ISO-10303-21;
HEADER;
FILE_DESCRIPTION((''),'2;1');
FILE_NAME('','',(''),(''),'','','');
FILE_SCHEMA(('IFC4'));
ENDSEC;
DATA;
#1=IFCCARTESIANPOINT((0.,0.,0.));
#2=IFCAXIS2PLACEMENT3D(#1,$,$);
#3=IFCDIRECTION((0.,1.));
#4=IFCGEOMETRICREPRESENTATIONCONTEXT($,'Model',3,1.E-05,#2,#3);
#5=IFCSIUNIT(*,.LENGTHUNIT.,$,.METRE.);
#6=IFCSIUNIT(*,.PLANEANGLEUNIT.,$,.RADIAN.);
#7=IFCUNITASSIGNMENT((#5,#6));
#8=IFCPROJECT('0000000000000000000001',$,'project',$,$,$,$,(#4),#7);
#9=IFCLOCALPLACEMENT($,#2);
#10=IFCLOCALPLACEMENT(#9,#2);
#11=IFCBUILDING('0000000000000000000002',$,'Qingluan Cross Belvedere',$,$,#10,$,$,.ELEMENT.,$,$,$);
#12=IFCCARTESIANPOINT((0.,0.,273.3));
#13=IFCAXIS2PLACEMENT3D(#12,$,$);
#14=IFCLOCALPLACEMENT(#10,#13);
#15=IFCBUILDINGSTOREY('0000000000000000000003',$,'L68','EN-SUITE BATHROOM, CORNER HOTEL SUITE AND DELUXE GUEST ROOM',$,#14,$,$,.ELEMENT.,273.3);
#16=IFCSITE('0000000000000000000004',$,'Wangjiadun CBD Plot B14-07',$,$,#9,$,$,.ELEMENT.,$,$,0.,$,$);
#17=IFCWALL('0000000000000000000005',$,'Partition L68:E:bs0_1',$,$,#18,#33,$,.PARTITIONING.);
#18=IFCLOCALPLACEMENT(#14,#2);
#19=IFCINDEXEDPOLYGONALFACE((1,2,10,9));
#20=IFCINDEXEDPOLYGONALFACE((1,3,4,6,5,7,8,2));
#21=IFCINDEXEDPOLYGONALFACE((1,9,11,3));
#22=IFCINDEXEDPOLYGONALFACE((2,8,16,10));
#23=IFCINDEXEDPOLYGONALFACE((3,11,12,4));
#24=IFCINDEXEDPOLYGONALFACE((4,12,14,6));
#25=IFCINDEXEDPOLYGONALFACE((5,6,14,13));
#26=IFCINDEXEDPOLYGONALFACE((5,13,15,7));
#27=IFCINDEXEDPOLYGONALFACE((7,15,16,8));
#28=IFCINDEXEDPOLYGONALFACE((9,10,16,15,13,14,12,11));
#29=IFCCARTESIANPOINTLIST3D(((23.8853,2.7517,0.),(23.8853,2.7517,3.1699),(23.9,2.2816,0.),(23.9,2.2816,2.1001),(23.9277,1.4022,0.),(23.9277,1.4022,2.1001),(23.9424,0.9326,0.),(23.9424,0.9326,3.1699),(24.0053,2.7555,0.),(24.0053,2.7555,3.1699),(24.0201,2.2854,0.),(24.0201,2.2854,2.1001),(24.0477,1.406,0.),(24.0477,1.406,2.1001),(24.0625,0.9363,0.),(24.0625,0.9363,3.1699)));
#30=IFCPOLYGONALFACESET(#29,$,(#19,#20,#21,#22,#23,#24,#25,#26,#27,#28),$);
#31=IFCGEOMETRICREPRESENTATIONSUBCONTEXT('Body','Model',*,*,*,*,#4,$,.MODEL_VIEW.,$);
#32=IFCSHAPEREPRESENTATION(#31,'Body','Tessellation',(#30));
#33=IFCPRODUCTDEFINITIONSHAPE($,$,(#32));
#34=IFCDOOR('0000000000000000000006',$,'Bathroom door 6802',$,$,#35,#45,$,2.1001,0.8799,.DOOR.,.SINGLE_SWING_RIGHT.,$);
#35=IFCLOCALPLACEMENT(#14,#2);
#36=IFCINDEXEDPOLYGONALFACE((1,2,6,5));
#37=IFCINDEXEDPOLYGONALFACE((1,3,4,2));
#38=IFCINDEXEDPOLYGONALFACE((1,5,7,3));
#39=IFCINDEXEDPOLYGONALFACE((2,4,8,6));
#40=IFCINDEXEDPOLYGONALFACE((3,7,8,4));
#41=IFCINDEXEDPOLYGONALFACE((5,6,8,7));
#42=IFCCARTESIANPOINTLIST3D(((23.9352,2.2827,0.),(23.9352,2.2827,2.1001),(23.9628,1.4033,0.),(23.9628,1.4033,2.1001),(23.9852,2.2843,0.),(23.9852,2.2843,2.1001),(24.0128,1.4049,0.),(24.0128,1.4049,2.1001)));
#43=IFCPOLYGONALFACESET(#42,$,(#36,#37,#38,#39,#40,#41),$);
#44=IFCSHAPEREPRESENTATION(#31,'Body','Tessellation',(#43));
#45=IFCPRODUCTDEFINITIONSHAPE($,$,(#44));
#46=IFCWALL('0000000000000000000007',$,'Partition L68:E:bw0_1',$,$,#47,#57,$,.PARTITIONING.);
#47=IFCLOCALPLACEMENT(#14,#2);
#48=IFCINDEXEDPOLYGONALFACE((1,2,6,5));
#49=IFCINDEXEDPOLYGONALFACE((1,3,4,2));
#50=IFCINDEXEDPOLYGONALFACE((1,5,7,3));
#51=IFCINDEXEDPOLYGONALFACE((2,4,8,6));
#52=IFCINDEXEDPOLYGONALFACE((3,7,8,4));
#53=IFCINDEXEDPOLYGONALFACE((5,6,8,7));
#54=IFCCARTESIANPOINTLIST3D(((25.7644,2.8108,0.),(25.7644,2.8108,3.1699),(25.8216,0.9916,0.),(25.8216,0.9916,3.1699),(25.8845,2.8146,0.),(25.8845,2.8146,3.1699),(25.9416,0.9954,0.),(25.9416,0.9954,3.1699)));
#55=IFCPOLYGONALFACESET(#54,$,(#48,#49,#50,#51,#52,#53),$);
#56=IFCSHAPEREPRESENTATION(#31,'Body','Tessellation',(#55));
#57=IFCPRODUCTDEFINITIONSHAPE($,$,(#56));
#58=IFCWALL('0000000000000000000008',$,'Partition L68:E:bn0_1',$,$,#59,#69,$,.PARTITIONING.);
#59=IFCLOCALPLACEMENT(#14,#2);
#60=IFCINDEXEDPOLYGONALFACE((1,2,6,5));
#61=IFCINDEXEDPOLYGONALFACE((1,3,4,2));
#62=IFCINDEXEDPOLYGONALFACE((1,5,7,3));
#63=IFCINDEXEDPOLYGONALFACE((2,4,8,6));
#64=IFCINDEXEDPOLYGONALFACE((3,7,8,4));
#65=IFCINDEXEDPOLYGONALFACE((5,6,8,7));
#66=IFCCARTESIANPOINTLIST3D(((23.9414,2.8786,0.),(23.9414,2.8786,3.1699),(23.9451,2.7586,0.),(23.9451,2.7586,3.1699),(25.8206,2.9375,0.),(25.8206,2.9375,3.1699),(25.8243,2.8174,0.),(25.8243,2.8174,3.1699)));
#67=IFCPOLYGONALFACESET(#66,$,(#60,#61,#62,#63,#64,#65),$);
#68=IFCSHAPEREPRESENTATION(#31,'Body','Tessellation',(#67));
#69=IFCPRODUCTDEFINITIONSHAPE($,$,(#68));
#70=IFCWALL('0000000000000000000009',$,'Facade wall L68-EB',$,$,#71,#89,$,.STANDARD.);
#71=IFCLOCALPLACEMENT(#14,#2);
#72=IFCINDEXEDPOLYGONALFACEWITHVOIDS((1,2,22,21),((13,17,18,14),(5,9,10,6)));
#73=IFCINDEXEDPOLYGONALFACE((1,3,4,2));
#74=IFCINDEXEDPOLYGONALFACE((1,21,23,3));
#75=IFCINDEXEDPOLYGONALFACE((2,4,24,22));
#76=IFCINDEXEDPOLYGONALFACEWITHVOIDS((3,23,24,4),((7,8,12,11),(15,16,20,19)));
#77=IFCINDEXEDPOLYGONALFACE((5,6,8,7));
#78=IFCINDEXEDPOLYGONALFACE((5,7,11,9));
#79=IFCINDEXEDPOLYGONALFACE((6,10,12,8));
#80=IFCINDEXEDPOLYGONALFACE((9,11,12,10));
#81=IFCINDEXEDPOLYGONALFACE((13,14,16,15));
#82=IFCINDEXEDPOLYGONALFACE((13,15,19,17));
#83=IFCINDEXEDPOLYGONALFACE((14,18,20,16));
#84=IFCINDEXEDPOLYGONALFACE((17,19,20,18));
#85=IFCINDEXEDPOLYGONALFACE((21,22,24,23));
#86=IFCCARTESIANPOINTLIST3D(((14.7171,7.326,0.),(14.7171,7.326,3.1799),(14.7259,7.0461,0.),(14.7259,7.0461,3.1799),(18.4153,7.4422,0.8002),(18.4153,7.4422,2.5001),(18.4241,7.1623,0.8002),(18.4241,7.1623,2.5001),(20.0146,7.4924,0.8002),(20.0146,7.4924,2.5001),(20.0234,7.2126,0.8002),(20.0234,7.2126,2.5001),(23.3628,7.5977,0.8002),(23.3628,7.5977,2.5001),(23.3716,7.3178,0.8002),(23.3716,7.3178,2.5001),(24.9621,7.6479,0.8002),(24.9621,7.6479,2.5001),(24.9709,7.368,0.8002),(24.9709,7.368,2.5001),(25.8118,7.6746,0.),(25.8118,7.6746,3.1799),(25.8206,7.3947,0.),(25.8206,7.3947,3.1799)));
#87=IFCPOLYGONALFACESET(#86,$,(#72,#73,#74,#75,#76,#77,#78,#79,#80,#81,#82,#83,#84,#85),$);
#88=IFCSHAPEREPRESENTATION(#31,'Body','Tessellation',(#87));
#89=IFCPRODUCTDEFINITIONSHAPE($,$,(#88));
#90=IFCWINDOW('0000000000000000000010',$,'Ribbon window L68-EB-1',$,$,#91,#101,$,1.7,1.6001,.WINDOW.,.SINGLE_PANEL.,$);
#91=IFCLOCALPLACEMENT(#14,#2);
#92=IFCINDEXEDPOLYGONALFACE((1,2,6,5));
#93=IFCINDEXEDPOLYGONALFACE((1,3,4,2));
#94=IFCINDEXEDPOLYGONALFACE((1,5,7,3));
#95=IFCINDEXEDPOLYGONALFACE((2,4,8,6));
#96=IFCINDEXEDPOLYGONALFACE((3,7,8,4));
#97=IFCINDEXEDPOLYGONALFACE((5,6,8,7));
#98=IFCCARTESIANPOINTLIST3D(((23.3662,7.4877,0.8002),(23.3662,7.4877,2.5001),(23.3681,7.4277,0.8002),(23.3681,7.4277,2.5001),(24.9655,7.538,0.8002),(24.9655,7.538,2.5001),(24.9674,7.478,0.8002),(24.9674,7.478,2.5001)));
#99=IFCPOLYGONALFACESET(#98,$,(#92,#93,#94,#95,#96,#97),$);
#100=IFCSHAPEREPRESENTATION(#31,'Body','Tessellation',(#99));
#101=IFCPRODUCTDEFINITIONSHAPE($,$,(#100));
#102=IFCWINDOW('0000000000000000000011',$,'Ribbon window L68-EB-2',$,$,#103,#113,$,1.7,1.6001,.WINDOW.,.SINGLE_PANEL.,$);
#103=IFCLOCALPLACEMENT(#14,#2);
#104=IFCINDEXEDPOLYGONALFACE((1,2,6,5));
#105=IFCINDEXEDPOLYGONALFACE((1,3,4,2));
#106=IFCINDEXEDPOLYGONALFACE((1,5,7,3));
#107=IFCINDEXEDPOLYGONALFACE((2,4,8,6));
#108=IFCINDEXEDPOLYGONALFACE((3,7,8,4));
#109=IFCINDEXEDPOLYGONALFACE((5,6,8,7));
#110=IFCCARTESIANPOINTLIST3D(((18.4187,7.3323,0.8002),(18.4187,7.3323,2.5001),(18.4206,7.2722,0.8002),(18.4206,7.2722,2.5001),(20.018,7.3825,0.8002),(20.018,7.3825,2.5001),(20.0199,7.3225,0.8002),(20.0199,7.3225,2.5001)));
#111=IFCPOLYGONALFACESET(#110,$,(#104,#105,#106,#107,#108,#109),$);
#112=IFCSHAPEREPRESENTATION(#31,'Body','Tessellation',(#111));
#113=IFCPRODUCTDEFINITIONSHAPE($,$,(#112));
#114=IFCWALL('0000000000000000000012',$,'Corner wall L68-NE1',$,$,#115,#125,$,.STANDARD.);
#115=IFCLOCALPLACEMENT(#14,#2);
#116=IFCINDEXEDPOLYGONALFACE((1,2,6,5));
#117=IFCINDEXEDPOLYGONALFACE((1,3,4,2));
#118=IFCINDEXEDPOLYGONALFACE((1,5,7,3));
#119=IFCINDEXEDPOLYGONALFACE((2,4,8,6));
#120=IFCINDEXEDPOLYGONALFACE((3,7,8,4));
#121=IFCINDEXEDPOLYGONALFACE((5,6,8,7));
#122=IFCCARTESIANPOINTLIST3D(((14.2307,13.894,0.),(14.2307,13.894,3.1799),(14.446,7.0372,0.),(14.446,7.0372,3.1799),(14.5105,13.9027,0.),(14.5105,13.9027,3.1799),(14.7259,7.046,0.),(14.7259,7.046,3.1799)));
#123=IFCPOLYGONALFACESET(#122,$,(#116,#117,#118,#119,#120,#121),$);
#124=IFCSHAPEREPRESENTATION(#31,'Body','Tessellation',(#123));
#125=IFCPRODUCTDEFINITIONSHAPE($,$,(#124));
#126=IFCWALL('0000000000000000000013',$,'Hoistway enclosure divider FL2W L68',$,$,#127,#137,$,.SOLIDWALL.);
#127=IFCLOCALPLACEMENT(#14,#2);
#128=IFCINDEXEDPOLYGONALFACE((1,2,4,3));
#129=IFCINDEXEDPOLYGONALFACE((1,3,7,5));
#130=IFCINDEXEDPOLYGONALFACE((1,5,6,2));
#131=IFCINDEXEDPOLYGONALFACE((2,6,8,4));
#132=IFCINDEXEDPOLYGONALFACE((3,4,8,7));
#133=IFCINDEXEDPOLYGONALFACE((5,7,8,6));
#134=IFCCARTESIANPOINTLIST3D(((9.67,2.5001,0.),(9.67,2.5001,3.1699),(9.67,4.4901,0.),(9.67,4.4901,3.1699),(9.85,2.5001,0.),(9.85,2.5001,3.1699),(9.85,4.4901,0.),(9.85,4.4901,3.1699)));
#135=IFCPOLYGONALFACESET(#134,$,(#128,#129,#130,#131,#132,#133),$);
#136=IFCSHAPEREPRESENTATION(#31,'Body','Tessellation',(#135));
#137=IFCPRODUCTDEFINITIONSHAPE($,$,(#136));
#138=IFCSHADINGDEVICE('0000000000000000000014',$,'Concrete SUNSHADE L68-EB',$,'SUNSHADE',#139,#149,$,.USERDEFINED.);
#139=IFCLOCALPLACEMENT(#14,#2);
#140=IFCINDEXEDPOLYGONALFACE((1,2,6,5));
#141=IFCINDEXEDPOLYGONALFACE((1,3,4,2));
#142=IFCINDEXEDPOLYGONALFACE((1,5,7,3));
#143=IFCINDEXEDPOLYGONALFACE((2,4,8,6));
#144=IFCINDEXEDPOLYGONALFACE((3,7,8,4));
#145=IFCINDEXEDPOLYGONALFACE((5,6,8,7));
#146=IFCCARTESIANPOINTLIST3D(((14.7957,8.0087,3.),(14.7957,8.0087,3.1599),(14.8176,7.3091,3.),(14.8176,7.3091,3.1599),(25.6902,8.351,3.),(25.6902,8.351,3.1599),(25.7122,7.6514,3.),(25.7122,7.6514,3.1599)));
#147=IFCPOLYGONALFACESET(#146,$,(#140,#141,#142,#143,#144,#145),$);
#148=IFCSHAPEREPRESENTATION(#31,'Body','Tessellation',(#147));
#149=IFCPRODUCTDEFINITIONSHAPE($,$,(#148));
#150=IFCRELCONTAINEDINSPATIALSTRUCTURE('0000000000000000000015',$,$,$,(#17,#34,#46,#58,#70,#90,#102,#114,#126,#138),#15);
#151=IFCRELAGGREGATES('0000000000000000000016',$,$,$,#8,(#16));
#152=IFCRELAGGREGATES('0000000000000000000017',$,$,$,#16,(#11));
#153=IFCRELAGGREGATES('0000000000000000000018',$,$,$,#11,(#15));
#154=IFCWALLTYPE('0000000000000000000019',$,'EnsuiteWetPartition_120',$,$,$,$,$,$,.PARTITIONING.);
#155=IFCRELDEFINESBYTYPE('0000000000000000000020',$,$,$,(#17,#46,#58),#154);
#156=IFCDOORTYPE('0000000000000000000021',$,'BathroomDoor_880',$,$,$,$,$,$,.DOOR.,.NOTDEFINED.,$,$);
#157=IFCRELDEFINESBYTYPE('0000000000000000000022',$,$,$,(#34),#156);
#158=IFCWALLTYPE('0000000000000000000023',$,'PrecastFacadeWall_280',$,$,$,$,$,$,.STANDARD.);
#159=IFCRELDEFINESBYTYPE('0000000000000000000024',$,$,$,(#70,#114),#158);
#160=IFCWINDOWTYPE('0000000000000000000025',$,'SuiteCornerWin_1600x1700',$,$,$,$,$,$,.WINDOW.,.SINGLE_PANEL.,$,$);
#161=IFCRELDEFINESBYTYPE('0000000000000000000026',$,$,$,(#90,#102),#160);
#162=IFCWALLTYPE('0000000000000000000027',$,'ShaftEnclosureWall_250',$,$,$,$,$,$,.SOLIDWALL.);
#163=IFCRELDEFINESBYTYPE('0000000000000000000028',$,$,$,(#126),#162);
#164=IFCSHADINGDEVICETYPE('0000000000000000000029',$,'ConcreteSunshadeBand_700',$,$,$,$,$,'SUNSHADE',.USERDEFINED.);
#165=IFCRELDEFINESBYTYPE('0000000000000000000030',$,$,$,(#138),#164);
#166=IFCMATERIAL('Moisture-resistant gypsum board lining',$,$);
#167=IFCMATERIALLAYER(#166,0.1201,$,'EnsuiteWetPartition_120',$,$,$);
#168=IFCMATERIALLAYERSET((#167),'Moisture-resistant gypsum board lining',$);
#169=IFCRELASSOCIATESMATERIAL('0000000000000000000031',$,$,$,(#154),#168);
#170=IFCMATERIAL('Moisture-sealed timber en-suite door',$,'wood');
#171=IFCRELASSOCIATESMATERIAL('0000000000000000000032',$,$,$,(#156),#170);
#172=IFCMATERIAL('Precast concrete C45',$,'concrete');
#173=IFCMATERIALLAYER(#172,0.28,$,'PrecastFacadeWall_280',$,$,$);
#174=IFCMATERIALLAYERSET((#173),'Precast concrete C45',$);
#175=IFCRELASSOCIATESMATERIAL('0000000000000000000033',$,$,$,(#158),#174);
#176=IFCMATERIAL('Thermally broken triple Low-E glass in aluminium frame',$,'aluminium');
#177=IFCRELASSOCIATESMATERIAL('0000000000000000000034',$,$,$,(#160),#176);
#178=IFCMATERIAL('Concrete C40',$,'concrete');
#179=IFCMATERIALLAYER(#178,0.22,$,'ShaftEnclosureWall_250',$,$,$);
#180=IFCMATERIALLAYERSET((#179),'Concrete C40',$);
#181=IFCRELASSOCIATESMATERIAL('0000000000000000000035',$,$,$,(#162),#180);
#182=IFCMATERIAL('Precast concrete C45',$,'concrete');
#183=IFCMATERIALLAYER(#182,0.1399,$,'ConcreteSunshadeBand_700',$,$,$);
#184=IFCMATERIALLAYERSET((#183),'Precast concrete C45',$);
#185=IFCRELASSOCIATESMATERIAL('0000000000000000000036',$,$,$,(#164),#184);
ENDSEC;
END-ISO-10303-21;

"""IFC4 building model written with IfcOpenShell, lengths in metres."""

from ifc_helpers import new_model, si_unit, direction, frame, frame_2d, origin, origin_2d, place, context, subcontext, project, spatial, rectangle, extrude, material, layer, layer_set, type_object, element, fill, save


model = new_model("IFC4")

# Units and contexts
model_context = context("Model", 3, precision=1e-05, world=origin(), true_north=direction((0.0, 1.0)))
body_context = subcontext(model_context, "Body", "Model", "MODEL_VIEW")
ifc_project = project(units=[si_unit("LENGTHUNIT", "METRE"), si_unit("PLANEANGLEUNIT", "RADIAN")], contexts=[model_context])

# Site, building, storey
site_placement = place(None, origin())
site = spatial("IfcSite", under=ifc_project, at=site_placement, Name="Wangjiadun CBD Plot B14-07", CompositionType="ELEMENT", RefElevation=0.0)
building_placement = place(site_placement, origin())
building = spatial("IfcBuilding", under=site, at=building_placement, Name="Qingluan Cross Belvedere", CompositionType="ELEMENT")
storey_placement = place(building_placement, frame((0.0, 0.0, 273.3)))
storey = spatial("IfcBuildingStorey", under=building, at=storey_placement, Name="L68", Description="EN-SUITE BATHROOM, CORNER HOTEL SUITE AND DELUXE GUEST ROOM", CompositionType="ELEMENT", Elevation=273.3)

# Shared definitions
ifc_material_1 = material(Name="Moisture-resistant gypsum board lining")
ifc_layer_1 = layer(ifc_material_1, 0.1201, Name="EnsuiteWetPartition_120")
ifc_layer_set_1 = layer_set([ifc_layer_1], Name="Moisture-resistant gypsum board lining")
wall_type_1 = type_object("IfcWallType", Name="EnsuiteWetPartition_120", PredefinedType="PARTITIONING", material=ifc_layer_set_1)
ifc_material_2 = material(Name="Moisture-sealed timber en-suite door", Category="wood")
door_type_1 = type_object("IfcDoorType", Name="BathroomDoor_880", OperationType="NOTDEFINED", PredefinedType="DOOR", material=ifc_material_2)

# Wall, opening, door
wall_1_placement = place(storey_placement, frame((24.0024, 0.9343, 0.0), z_axis=(0.0, 0.0, 1.0), x_axis=(-0.03139, 0.999507, 0.0)))
wall_1 = element("IfcWall", 1, at=wall_1_placement, inside=storey, type_object=wall_type_1, Name="Partition L68:E:bs0_1", PredefinedType="PARTITIONING", context=body_context, shape_type="SweptSolid", body=[
    extrude(rectangle(XDim=1.8201, YDim=0.1201, at=frame_2d((0.9102, 0.0))), origin(), (0.0, 0.0, 1.0), 3.1699),
])
opening_1_placement = place(wall_1_placement, frame((0.47, 0.0, 0.0)))
opening_1 = element("IfcOpeningElement", 2, at=opening_1_placement, cuts=wall_1, PredefinedType="OPENING", context=body_context, shape_type="SweptSolid", body=[
    extrude(rectangle(XDim=0.8799, YDim=2.1001, at=frame_2d((0.4399, 1.05))), frame((0.0, 0.0701, 0.0), z_axis=(0.0, -1.0, 0.0), x_axis=(1.0, 0.0, 0.0)), (0.0, 0.0, 1.0), 0.1401),
])
door_1_placement = place(opening_1_placement, origin())
door_1 = element("IfcDoor", 3, at=door_1_placement, inside=storey, type_object=door_type_1, Name="Bathroom door 6802", OperationType="SINGLE_SWING_RIGHT", OverallHeight=2.1001, OverallWidth=0.8799, PredefinedType="DOOR", context=body_context, shape_type="SweptSolid", body=[
    extrude(rectangle(XDim=0.8799, YDim=2.1001, at=frame_2d((0.4399, 1.05))), frame((0.0, 0.0249, 0.0), z_axis=(0.0, -1.0, 0.0), x_axis=(1.0, 0.0, 0.0)), (0.0, 0.0, 1.0), 0.05),
])
fill(opening_1, door_1)

# Walls
wall_2_placement = place(storey_placement, frame((25.8816, 0.9934, 0.0), z_axis=(0.0, 0.0, 1.0), x_axis=(-0.03139, 0.999507, 0.0)))
element("IfcWall", 4, at=wall_2_placement, inside=storey, type_object=wall_type_1, Name="Partition L68:E:bw0_1", PredefinedType="PARTITIONING", context=body_context, shape_type="SweptSolid", body=[
    extrude(rectangle(XDim=1.8201, YDim=0.1201, at=frame_2d((0.9102, 0.0))), origin(), (0.0, 0.0, 1.0), 3.1699),
])
wall_3_placement = place(storey_placement, frame((23.9434, 2.8186, 0.0), z_axis=(0.0, 0.0, 1.0), x_axis=(0.99951, 0.031296, 0.0)))
element("IfcWall", 5, at=wall_3_placement, inside=storey, type_object=wall_type_1, Name="Partition L68:E:bn0_1", PredefinedType="PARTITIONING", context=body_context, shape_type="SweptSolid", body=[
    extrude(rectangle(XDim=1.8801, YDim=0.1201, at=frame_2d((0.9399, 0.0))), origin(), (0.0, 0.0, 1.0), 3.1699),
])

# Wall, openings, windows
ifc_material_3 = material(Name="Precast concrete C45", Category="concrete")
ifc_layer_2 = layer(ifc_material_3, 0.28, Name="PrecastFacadeWall_280")
ifc_layer_set_2 = layer_set([ifc_layer_2], Name="Precast concrete C45")
wall_type_2 = type_object("IfcWallType", Name="PrecastFacadeWall_280", PredefinedType="STANDARD", material=ifc_layer_set_2)
wall_4_placement = place(storey_placement, frame((25.8162, 7.5347, 0.0), z_axis=(0.0, 0.0, 1.0), x_axis=(-0.999507, -0.031408, 0.0)))
wall_4 = element("IfcWall", 6, at=wall_4_placement, inside=storey, type_object=wall_type_2, Name="Facade wall L68-EB", PredefinedType="STANDARD", context=body_context, shape_type="SweptSolid", body=[
    extrude(rectangle(XDim=11.1001, YDim=0.28, at=frame_2d((5.55, 0.0))), origin(), (0.0, 0.0, 1.0), 3.1799),
])
opening_2_placement = place(wall_4_placement, frame((0.8501, 0.0, 0.8)))
opening_2 = element("IfcOpeningElement", 7, at=opening_2_placement, cuts=wall_4, PredefinedType="OPENING", context=body_context, shape_type="SweptSolid", body=[
    extrude(rectangle(XDim=1.6001, YDim=1.7, at=frame_2d((0.8, 0.8501))), frame((0.0, 0.1499, 0.0), z_axis=(0.0, -1.0, 0.0), x_axis=(1.0, 0.0, 0.0)), (0.0, 0.0, 1.0), 0.3),
])
opening_3_placement = place(wall_4_placement, frame((5.8, 0.0, 0.8)))
opening_3 = element("IfcOpeningElement", 8, at=opening_3_placement, cuts=wall_4, PredefinedType="OPENING", context=body_context, shape_type="SweptSolid", body=[
    extrude(rectangle(XDim=1.6001, YDim=1.7, at=frame_2d((0.8, 0.8501))), frame((0.0, 0.1499, 0.0), z_axis=(0.0, -1.0, 0.0), x_axis=(1.0, 0.0, 0.0)), (0.0, 0.0, 1.0), 0.3),
])
ifc_material_4 = material(Name="Thermally broken triple Low-E glass in aluminium frame", Category="aluminium")
window_type = type_object("IfcWindowType", Name="SuiteCornerWin_1600x1700", PartitioningType="SINGLE_PANEL", PredefinedType="WINDOW", material=ifc_material_4)
window_1_placement = place(opening_2_placement, origin())
window_1 = element("IfcWindow", 9, at=window_1_placement, inside=storey, type_object=window_type, Name="Ribbon window L68-EB-1", OverallHeight=1.7, OverallWidth=1.6001, PartitioningType="SINGLE_PANEL", PredefinedType="WINDOW", context=body_context, shape_type="SweptSolid", body=[
    extrude(rectangle(XDim=1.6001, YDim=1.7, at=frame_2d((0.8, 0.8501))), frame((0.0, 0.03, 0.0), z_axis=(0.0, -1.0, 0.0), x_axis=(1.0, 0.0, 0.0)), (0.0, 0.0, 1.0), 0.0601),
])
fill(opening_2, window_1)
window_2_placement = place(opening_3_placement, origin())
window_2 = element("IfcWindow", 10, at=window_2_placement, inside=storey, type_object=window_type, Name="Ribbon window L68-EB-2", OverallHeight=1.7, OverallWidth=1.6001, PartitioningType="SINGLE_PANEL", PredefinedType="WINDOW", context=body_context, shape_type="SweptSolid", body=[
    extrude(rectangle(XDim=1.6001, YDim=1.7, at=frame_2d((0.8, 0.8501))), frame((0.0, 0.03, 0.0), z_axis=(0.0, -1.0, 0.0), x_axis=(1.0, 0.0, 0.0)), (0.0, 0.0, 1.0), 0.0601),
])
fill(opening_3, window_2)

# Walls
wall_5_placement = place(storey_placement, frame((14.5859, 7.0415, 0.0), z_axis=(0.0, 0.0, 1.0), x_axis=(-0.031389, 0.999507, 0.0)))
element("IfcWall", 11, at=wall_5_placement, inside=storey, type_object=wall_type_2, Name="Corner wall L68-NE1", PredefinedType="STANDARD", context=body_context, shape_type="SweptSolid", body=[
    extrude(rectangle(XDim=6.8601, YDim=0.28, at=frame_2d((3.4302, 0.0))), origin(), (0.0, 0.0, 1.0), 3.1799),
])
ifc_material_5 = material(Name="Concrete C40", Category="concrete")
ifc_layer_3 = layer(ifc_material_5, 0.22, Name="ShaftEnclosureWall_250")
ifc_layer_set_3 = layer_set([ifc_layer_3], Name="Concrete C40")
wall_type_3 = type_object("IfcWallType", Name="ShaftEnclosureWall_250", PredefinedType="SOLIDWALL", material=ifc_layer_set_3)
wall_6_placement = place(storey_placement, frame((9.76, 2.5, 0.0), z_axis=(0.0, 0.0, 1.0), x_axis=(0.0, 1.0, 0.0)))
element("IfcWall", 12, at=wall_6_placement, inside=storey, type_object=wall_type_3, Name="Hoistway enclosure divider FL2W L68", PredefinedType="SOLIDWALL", context=body_context, shape_type="SweptSolid", body=[
    extrude(rectangle(XDim=1.99, YDim=0.1799, at=frame_2d((0.9951, 0.0))), origin(), (0.0, 0.0, 1.0), 3.1699),
])

# Shading device
ifc_material_6 = material(Name="Precast concrete C45", Category="concrete")
ifc_layer_4 = layer(ifc_material_6, 0.1399, Name="ConcreteSunshadeBand_700")
ifc_layer_set_4 = layer_set([ifc_layer_4], Name="Precast concrete C45")
shading_device_type = type_object("IfcShadingDeviceType", Name="ConcreteSunshadeBand_700", ElementType="SUNSHADE", PredefinedType="USERDEFINED", material=ifc_layer_set_4)
shading_device_placement = place(storey_placement, frame((20.2539, 7.8301, 3.0), z_axis=(0.0, 0.0, 1.0), x_axis=(-0.999507, -0.031405, 0.0)))
element("IfcShadingDevice", 13, at=shading_device_placement, inside=storey, type_object=shading_device_type, Name="Concrete SUNSHADE L68-EB", ObjectType="SUNSHADE", PredefinedType="USERDEFINED", context=body_context, shape_type="SweptSolid", body=[
    extrude(rectangle(XDim=10.8999, YDim=0.7, at=origin_2d()), origin(), (0.0, 0.0, 1.0), 0.1599),
])

save(model, "model.ifc")
